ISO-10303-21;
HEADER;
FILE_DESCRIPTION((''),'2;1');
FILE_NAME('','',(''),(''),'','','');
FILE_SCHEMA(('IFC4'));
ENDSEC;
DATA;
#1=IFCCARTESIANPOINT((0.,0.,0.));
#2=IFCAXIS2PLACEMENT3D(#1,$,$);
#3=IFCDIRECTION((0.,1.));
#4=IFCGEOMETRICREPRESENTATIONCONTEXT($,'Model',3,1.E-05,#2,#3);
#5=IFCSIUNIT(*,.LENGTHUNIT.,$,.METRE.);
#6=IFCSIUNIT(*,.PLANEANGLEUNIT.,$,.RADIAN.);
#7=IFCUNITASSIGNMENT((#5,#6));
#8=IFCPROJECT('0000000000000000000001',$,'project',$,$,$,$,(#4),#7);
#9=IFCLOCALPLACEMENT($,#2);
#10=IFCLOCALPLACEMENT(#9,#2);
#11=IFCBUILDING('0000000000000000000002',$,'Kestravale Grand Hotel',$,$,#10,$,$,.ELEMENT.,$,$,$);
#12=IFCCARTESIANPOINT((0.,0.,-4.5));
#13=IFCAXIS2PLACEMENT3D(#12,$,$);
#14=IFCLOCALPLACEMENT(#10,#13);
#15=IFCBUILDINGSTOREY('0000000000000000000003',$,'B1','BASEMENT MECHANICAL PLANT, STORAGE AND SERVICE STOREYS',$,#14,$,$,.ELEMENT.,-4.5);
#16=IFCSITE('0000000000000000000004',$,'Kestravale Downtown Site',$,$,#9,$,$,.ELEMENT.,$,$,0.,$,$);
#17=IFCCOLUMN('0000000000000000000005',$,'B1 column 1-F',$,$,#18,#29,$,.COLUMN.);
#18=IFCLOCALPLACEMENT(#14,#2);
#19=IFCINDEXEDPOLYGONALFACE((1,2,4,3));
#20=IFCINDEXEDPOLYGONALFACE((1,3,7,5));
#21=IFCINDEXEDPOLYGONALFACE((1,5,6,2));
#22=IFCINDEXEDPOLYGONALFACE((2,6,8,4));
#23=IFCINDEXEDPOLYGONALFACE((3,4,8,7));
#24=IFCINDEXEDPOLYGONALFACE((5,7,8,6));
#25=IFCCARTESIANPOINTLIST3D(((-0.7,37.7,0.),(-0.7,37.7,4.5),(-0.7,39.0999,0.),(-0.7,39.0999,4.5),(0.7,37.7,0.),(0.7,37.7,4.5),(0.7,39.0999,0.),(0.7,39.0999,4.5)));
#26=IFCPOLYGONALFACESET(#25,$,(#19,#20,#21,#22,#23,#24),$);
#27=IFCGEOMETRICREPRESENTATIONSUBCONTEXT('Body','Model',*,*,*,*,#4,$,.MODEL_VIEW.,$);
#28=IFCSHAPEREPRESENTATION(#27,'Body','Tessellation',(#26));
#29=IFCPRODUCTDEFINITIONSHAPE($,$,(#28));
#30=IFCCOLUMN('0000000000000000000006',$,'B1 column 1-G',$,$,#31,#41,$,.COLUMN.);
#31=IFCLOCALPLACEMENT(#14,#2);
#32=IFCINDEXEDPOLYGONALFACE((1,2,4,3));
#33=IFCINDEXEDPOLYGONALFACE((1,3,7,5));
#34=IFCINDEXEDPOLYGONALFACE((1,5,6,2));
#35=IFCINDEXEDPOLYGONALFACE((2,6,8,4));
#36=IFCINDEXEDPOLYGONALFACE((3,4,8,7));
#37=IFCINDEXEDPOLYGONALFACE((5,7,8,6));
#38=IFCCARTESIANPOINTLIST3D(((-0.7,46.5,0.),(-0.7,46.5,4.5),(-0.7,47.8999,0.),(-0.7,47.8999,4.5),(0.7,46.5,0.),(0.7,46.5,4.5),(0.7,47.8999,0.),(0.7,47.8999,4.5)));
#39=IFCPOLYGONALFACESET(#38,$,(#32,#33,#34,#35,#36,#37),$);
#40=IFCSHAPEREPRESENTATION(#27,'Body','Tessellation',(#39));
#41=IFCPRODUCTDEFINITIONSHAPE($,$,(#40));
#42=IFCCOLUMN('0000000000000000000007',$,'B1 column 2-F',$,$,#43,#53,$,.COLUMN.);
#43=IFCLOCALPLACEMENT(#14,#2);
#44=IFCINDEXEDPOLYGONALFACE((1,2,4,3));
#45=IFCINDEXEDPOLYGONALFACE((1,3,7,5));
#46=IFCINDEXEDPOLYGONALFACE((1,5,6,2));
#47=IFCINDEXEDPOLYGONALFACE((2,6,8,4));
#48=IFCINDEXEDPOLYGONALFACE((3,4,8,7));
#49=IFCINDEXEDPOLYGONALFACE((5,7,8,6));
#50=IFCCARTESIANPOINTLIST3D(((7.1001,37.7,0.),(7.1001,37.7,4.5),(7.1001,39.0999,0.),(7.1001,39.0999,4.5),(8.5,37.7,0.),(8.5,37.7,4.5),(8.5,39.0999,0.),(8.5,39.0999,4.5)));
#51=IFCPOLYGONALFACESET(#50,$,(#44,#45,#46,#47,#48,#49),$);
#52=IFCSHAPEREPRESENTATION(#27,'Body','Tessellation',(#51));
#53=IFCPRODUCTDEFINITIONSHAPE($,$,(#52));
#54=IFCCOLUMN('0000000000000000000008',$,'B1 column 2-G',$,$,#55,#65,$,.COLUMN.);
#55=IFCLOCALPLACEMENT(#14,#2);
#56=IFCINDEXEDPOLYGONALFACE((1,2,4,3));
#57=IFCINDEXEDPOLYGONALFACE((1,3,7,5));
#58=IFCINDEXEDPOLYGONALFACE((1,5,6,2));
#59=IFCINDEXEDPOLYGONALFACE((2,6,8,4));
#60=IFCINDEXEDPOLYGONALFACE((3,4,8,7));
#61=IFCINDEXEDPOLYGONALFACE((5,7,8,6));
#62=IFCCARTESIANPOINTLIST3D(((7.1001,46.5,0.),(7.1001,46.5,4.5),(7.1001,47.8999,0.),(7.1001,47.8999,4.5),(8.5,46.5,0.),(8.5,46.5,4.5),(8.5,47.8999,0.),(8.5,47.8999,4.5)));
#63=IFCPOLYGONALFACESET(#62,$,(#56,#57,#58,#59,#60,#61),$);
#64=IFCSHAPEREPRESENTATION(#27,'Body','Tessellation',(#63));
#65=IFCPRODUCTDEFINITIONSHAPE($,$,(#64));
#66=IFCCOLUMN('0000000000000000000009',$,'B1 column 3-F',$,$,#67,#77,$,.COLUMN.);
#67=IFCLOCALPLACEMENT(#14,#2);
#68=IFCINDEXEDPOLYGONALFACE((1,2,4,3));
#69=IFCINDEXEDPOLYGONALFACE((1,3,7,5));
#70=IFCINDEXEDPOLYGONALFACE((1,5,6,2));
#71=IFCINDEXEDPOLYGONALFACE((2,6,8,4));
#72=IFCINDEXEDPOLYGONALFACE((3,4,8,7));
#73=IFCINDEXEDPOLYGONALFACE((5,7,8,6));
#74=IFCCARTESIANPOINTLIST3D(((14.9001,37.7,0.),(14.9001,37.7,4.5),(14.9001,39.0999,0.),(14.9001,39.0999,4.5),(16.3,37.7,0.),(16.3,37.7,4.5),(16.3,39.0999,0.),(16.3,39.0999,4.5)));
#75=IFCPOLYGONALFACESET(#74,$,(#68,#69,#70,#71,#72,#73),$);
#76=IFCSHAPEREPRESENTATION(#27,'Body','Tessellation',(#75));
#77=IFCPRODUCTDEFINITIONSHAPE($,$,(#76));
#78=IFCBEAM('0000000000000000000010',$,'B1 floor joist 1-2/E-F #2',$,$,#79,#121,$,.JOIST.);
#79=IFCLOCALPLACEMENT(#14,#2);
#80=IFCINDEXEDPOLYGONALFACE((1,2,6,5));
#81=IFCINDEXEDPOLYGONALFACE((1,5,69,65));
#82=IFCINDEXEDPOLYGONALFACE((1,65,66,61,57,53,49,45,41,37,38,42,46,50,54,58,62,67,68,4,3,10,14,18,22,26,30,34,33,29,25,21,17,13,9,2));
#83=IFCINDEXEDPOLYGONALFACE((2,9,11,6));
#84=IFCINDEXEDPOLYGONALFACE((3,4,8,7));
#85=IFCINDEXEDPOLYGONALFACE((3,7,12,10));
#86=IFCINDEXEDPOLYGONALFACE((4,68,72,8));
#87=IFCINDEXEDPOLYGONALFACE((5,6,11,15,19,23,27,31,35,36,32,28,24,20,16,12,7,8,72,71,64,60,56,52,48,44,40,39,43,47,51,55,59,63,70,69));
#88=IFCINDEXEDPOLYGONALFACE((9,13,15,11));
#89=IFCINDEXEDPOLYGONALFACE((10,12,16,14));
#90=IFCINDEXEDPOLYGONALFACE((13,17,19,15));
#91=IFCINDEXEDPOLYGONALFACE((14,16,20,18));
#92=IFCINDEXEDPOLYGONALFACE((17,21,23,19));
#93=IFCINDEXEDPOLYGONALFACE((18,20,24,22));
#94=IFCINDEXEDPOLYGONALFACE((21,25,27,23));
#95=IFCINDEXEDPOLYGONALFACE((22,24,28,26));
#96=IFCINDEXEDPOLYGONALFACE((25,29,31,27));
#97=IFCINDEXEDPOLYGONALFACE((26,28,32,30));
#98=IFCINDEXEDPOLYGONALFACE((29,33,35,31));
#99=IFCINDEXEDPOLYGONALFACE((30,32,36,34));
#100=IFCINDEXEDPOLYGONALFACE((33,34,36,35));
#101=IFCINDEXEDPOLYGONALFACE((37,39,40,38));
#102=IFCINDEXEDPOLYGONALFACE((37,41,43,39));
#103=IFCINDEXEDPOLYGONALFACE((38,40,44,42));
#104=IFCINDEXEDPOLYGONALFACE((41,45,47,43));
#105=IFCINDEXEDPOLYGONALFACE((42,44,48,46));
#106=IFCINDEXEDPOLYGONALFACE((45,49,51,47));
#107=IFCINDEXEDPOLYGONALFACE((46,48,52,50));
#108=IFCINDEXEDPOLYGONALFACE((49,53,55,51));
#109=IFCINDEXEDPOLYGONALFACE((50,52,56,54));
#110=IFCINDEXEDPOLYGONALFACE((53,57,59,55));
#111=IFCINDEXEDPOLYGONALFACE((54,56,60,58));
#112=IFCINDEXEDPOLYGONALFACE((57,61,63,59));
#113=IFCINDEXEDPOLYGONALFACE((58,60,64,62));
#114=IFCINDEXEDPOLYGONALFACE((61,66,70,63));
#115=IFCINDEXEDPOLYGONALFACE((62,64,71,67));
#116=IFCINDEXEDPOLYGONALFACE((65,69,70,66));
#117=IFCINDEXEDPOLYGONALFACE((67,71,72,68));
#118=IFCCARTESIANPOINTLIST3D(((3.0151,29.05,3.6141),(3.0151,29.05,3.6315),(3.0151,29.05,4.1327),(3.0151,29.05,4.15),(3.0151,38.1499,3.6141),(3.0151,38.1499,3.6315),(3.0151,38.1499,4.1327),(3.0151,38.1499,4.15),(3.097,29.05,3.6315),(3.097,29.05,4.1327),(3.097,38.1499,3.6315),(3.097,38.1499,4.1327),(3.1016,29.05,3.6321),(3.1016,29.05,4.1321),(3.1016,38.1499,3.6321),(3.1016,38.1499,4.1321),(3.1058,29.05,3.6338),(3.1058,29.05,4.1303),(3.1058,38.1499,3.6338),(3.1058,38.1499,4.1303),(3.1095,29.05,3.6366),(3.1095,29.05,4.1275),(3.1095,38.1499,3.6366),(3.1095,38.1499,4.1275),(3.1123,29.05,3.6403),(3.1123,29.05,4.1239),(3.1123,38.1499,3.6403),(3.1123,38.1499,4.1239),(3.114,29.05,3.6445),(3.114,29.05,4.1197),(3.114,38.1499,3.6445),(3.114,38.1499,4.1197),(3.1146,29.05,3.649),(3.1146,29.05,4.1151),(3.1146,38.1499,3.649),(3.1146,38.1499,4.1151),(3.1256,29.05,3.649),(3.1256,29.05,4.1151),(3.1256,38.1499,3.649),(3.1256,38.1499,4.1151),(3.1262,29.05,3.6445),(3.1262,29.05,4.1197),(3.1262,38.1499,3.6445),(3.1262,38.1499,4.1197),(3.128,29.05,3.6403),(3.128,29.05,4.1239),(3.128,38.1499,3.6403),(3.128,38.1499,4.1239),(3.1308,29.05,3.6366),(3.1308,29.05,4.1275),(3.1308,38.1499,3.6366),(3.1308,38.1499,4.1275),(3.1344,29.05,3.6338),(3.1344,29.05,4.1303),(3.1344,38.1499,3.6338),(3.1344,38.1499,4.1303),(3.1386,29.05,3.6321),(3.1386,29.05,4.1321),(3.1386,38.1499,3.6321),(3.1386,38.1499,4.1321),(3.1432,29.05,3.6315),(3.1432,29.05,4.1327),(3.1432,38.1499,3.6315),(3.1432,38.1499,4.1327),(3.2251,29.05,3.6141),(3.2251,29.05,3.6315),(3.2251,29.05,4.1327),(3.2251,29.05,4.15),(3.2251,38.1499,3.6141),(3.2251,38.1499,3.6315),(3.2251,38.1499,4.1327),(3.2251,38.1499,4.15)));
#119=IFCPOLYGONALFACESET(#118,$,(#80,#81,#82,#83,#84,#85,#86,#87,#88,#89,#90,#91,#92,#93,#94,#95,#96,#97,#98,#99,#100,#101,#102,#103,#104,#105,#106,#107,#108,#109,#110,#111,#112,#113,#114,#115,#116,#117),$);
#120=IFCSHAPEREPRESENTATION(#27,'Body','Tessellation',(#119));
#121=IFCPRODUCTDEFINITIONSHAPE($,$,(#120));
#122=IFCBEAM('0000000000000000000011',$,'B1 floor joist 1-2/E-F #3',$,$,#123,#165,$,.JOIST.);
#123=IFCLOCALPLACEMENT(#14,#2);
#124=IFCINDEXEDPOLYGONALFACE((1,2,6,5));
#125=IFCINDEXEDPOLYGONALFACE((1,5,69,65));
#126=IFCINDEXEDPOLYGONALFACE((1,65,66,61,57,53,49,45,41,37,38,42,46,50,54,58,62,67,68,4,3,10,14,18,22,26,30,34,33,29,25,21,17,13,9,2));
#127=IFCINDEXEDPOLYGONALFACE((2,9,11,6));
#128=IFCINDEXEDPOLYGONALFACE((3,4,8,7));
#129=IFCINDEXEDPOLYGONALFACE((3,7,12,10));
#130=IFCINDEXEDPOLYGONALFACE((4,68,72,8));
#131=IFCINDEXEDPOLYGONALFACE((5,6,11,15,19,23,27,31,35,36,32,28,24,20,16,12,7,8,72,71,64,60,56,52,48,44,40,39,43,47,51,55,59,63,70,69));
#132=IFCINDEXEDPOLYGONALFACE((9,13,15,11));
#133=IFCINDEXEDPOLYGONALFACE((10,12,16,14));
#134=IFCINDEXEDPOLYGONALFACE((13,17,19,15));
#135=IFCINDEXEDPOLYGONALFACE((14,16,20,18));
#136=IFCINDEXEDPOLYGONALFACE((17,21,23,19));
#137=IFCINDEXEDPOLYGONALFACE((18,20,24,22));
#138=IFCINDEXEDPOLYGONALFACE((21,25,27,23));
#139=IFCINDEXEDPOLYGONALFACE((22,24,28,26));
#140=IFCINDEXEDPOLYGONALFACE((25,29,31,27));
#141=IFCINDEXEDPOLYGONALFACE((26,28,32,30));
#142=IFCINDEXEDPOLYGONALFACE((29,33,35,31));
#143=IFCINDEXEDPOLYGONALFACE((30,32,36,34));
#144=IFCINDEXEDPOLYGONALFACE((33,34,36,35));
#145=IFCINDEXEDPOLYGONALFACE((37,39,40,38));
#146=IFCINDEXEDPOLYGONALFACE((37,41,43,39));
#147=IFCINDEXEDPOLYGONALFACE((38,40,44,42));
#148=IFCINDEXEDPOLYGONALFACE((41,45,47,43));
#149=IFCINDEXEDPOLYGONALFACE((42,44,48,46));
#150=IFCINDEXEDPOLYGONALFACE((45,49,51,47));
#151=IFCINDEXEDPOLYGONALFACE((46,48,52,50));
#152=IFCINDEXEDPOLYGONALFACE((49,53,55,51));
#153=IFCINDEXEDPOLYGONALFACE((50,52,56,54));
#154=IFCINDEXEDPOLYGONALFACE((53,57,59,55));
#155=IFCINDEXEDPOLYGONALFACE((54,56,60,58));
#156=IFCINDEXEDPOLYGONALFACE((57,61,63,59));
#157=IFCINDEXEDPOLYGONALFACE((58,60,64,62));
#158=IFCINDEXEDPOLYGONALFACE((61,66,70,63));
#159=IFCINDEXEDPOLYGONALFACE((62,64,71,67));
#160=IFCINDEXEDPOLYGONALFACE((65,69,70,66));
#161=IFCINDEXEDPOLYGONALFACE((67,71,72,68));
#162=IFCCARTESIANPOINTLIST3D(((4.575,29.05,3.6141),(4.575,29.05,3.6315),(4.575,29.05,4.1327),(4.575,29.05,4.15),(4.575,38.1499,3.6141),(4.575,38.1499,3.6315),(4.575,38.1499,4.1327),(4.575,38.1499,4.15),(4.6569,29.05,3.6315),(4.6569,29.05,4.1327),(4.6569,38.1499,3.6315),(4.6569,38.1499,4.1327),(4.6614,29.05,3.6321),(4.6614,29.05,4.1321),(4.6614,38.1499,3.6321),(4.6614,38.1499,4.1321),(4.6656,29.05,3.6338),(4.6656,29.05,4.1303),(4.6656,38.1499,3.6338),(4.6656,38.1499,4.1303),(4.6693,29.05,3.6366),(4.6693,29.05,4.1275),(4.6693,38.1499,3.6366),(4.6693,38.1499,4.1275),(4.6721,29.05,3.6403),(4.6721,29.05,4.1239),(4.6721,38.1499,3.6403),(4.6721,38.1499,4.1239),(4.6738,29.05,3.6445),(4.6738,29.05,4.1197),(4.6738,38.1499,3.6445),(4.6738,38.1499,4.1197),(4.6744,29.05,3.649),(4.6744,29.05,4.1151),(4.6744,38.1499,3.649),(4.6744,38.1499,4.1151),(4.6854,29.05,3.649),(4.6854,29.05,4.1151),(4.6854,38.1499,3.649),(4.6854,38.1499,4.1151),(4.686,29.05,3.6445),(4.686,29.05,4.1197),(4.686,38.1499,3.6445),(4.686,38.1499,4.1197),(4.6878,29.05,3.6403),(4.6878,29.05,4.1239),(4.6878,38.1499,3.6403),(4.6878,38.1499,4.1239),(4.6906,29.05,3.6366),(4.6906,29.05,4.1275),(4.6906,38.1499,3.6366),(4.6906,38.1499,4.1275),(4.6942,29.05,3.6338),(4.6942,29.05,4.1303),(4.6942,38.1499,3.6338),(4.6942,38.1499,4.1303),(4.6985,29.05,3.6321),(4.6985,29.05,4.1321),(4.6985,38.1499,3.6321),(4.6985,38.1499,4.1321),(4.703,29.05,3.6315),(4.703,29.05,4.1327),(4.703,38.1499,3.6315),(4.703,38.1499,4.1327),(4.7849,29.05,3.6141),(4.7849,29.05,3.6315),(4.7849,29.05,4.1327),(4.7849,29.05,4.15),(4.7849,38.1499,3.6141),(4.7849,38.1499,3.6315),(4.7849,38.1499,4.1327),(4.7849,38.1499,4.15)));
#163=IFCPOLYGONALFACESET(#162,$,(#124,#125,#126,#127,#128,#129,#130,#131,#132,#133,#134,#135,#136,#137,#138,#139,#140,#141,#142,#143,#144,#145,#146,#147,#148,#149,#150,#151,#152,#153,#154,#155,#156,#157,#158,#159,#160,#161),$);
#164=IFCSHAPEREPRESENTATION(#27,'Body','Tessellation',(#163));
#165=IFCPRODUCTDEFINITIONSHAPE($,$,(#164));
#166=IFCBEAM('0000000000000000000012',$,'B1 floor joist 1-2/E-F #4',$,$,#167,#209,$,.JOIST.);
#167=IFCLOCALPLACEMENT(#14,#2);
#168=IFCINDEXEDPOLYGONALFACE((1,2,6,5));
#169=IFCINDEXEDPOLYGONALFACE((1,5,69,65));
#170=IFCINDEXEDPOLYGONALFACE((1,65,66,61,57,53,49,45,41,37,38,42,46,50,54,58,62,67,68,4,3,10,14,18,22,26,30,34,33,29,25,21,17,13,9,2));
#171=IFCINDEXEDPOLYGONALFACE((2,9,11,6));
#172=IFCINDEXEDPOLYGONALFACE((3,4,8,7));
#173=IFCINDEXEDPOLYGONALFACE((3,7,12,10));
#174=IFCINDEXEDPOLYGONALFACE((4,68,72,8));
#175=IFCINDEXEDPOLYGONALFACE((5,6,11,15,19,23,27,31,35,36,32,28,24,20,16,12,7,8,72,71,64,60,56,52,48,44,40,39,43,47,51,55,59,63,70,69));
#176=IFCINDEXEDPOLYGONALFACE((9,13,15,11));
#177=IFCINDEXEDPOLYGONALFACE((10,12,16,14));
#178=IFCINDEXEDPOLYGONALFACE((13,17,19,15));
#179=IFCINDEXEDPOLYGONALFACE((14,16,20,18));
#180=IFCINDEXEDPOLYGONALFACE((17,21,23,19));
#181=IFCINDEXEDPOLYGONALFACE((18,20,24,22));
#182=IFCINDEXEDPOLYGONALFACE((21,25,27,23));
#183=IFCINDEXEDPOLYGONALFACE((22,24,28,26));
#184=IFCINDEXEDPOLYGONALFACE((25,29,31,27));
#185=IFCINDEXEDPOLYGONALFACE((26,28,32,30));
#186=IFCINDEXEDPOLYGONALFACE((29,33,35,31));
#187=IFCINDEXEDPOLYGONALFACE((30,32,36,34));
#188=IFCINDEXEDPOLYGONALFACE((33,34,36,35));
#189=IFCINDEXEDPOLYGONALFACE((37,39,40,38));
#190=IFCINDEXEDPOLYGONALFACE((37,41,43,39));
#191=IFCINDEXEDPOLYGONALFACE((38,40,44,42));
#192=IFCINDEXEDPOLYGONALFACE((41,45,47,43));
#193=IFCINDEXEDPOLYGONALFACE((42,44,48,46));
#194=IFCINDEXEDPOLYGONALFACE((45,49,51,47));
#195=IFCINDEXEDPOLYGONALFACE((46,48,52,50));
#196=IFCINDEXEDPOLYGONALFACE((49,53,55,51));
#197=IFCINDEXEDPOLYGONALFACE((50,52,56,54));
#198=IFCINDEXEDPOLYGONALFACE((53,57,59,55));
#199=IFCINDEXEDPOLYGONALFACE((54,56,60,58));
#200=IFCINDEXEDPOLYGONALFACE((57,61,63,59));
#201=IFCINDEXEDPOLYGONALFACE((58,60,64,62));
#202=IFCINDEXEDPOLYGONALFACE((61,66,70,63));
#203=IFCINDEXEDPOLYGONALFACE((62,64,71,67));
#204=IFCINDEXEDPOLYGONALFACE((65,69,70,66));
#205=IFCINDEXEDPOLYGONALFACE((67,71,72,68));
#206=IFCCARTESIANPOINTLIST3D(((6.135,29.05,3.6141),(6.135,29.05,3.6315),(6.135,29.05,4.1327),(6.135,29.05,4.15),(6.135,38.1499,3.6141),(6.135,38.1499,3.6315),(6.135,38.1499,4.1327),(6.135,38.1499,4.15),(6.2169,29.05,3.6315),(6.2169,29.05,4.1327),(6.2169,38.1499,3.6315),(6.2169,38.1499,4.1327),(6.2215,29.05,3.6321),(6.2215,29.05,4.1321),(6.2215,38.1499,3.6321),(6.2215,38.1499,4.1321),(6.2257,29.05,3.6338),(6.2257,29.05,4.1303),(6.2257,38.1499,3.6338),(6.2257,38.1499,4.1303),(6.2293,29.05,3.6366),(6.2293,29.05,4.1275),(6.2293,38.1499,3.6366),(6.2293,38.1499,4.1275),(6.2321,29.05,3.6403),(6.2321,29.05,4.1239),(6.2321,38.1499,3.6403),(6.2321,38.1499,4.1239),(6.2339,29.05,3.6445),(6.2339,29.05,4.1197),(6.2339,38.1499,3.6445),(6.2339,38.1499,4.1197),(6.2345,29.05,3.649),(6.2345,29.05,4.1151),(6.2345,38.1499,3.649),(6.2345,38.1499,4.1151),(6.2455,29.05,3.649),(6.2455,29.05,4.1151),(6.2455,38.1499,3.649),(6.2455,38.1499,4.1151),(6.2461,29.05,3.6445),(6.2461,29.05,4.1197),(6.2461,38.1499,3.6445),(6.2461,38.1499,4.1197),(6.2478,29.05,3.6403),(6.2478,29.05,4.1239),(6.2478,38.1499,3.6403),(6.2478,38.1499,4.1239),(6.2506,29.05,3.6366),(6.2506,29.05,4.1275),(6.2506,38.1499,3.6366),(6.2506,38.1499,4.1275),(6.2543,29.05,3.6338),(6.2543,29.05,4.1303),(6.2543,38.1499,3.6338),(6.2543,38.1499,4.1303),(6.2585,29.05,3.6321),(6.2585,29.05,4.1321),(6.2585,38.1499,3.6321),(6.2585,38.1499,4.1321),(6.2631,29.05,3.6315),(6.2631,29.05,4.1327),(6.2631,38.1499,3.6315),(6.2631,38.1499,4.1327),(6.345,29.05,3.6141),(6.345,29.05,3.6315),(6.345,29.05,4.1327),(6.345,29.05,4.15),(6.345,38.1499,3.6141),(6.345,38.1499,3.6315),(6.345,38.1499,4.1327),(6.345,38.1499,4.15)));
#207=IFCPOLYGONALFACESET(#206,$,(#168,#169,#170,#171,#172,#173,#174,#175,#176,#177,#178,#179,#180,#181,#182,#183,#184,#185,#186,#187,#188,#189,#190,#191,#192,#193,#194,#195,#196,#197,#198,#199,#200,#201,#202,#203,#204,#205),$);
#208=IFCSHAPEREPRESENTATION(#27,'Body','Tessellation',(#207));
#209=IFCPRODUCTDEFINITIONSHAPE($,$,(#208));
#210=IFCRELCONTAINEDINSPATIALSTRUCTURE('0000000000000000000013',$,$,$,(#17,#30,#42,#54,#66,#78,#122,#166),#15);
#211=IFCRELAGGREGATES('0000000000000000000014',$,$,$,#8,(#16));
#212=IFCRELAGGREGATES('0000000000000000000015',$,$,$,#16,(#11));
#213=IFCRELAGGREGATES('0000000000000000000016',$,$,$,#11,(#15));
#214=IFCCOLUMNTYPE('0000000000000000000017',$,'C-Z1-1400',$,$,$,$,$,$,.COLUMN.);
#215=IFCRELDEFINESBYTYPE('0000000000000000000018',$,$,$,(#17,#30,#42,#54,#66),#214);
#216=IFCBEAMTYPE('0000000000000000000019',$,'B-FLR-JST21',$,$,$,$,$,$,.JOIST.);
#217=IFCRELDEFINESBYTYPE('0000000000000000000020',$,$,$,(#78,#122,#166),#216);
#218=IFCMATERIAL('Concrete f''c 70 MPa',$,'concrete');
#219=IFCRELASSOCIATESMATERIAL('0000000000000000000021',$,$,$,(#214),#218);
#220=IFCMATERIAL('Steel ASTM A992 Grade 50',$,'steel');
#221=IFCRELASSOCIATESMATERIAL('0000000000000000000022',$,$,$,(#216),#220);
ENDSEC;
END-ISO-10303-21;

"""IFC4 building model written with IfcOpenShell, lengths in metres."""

from ifc_helpers import new_model, si_unit, direction, frame, origin, origin_2d, place, context, subcontext, project, spatial, rectangle, i_section, extrude, material, material_profile, profile_set, type_object, element, save


model = new_model("IFC4")

# Units and contexts
model_context = context("Model", 3, precision=1e-05, world=origin(), true_north=direction((0.0, 1.0)))
body_context = subcontext(model_context, "Body", "Model", "MODEL_VIEW")
ifc_project = project(units=[si_unit("LENGTHUNIT", "METRE"), si_unit("PLANEANGLEUNIT", "RADIAN")], contexts=[model_context])

# Site, building, storey
site_placement = place(None, origin())
site = spatial("IfcSite", under=ifc_project, at=site_placement, Name="Kestravale Downtown Site", CompositionType="ELEMENT", RefElevation=0.0)
building_placement = place(site_placement, origin())
building = spatial("IfcBuilding", under=site, at=building_placement, Name="Kestravale Grand Hotel", CompositionType="ELEMENT")
storey_placement = place(building_placement, frame((0.0, 0.0, -4.5)))
storey = spatial("IfcBuildingStorey", under=building, at=storey_placement, Name="B1", Description="BASEMENT MECHANICAL PLANT, STORAGE AND SERVICE STOREYS", CompositionType="ELEMENT", Elevation=-4.5)

# Columns
ifc_material_1 = material(Name="Concrete f'c 70 MPa", Category="concrete")
ifc_material_profile_1 = material_profile(ifc_material_1, rectangle(XDim=1.3999, YDim=1.3999, at=origin_2d()))
ifc_profile_set_1 = profile_set([ifc_material_profile_1], Name="Concrete f'c 70 MPa")
column_type = type_object("IfcColumnType", Name="C-Z1-1400", PredefinedType="COLUMN", material=ifc_profile_set_1)
for number, where, z_axis, x_axis, name in (
    (1, (0.0, 38.3999, 0.0), (0.0, 0.0, 1.0), (1.0, 0.0, 0.0), "B1 column 1-F"),
    (2, (0.0, 47.2, 0.0), (0.0, 0.0, 1.0), (1.0, 0.0, 0.0), "B1 column 1-G"),
    (3, (7.8, 38.3999, 0.0), (0.0, 0.0, 1.0), (1.0, 0.0, 0.0), "B1 column 2-F"),
    (4, (7.8, 47.2, 0.0), (0.0, 0.0, 1.0), (1.0, 0.0, 0.0), "B1 column 2-G"),
    (5, (15.6001, 38.3999, 0.0), (0.0, 0.0, 1.0), (1.0, 0.0, 0.0), "B1 column 3-F"),
):
    element("IfcColumn", number, at=place(storey_placement, frame(where, z_axis=z_axis, x_axis=x_axis)), inside=storey, type_object=column_type, Name=name, PredefinedType="COLUMN", context=body_context, shape_type="SweptSolid", body=[
        extrude(rectangle(XDim=1.3999, YDim=1.3999, at=origin_2d()), origin(), (0.0, 0.0, 1.0), 4.5),
    ])

# Beams
ifc_material_2 = material(Name="Steel ASTM A992 Grade 50", Category="steel")
ifc_material_profile_2 = material_profile(ifc_material_2, i_section(OverallWidth=0.21, OverallDepth=0.5359, WebThickness=0.011, FlangeThickness=0.0173, FilletRadius=0.0176, at=origin_2d()))
ifc_profile_set_2 = profile_set([ifc_material_profile_2], Name="Steel ASTM A992 Grade 50")
beam_type_1 = type_object("IfcBeamType", Name="B-FLR-JST21", PredefinedType="JOIST", material=ifc_profile_set_2)
for number, where, z_axis, x_axis, name in (
    (6, (3.1201, 29.05, 3.8821), (0.0, 1.0, 0.0), (-1.0, 0.0, 0.0), "B1 floor joist 1-2/E-F #2"),
    (7, (4.6799, 29.05, 3.8821), (0.0, 1.0, 0.0), (-1.0, 0.0, 0.0), "B1 floor joist 1-2/E-F #3"),
    (8, (6.24, 29.05, 3.8821), (0.0, 1.0, 0.0), (-1.0, 0.0, 0.0), "B1 floor joist 1-2/E-F #4"),
):
    element("IfcBeam", number, at=place(storey_placement, frame(where, z_axis=z_axis, x_axis=x_axis)), inside=storey, type_object=beam_type_1, Name=name, PredefinedType="JOIST", context=body_context, shape_type="SweptSolid", body=[
        extrude(i_section(OverallWidth=0.21, OverallDepth=0.5359, WebThickness=0.011, FlangeThickness=0.0173, FilletRadius=0.0176, at=origin_2d()), origin(), (0.0, 0.0, 1.0), 9.0999),
    ])

save(model, "model.ifc")
